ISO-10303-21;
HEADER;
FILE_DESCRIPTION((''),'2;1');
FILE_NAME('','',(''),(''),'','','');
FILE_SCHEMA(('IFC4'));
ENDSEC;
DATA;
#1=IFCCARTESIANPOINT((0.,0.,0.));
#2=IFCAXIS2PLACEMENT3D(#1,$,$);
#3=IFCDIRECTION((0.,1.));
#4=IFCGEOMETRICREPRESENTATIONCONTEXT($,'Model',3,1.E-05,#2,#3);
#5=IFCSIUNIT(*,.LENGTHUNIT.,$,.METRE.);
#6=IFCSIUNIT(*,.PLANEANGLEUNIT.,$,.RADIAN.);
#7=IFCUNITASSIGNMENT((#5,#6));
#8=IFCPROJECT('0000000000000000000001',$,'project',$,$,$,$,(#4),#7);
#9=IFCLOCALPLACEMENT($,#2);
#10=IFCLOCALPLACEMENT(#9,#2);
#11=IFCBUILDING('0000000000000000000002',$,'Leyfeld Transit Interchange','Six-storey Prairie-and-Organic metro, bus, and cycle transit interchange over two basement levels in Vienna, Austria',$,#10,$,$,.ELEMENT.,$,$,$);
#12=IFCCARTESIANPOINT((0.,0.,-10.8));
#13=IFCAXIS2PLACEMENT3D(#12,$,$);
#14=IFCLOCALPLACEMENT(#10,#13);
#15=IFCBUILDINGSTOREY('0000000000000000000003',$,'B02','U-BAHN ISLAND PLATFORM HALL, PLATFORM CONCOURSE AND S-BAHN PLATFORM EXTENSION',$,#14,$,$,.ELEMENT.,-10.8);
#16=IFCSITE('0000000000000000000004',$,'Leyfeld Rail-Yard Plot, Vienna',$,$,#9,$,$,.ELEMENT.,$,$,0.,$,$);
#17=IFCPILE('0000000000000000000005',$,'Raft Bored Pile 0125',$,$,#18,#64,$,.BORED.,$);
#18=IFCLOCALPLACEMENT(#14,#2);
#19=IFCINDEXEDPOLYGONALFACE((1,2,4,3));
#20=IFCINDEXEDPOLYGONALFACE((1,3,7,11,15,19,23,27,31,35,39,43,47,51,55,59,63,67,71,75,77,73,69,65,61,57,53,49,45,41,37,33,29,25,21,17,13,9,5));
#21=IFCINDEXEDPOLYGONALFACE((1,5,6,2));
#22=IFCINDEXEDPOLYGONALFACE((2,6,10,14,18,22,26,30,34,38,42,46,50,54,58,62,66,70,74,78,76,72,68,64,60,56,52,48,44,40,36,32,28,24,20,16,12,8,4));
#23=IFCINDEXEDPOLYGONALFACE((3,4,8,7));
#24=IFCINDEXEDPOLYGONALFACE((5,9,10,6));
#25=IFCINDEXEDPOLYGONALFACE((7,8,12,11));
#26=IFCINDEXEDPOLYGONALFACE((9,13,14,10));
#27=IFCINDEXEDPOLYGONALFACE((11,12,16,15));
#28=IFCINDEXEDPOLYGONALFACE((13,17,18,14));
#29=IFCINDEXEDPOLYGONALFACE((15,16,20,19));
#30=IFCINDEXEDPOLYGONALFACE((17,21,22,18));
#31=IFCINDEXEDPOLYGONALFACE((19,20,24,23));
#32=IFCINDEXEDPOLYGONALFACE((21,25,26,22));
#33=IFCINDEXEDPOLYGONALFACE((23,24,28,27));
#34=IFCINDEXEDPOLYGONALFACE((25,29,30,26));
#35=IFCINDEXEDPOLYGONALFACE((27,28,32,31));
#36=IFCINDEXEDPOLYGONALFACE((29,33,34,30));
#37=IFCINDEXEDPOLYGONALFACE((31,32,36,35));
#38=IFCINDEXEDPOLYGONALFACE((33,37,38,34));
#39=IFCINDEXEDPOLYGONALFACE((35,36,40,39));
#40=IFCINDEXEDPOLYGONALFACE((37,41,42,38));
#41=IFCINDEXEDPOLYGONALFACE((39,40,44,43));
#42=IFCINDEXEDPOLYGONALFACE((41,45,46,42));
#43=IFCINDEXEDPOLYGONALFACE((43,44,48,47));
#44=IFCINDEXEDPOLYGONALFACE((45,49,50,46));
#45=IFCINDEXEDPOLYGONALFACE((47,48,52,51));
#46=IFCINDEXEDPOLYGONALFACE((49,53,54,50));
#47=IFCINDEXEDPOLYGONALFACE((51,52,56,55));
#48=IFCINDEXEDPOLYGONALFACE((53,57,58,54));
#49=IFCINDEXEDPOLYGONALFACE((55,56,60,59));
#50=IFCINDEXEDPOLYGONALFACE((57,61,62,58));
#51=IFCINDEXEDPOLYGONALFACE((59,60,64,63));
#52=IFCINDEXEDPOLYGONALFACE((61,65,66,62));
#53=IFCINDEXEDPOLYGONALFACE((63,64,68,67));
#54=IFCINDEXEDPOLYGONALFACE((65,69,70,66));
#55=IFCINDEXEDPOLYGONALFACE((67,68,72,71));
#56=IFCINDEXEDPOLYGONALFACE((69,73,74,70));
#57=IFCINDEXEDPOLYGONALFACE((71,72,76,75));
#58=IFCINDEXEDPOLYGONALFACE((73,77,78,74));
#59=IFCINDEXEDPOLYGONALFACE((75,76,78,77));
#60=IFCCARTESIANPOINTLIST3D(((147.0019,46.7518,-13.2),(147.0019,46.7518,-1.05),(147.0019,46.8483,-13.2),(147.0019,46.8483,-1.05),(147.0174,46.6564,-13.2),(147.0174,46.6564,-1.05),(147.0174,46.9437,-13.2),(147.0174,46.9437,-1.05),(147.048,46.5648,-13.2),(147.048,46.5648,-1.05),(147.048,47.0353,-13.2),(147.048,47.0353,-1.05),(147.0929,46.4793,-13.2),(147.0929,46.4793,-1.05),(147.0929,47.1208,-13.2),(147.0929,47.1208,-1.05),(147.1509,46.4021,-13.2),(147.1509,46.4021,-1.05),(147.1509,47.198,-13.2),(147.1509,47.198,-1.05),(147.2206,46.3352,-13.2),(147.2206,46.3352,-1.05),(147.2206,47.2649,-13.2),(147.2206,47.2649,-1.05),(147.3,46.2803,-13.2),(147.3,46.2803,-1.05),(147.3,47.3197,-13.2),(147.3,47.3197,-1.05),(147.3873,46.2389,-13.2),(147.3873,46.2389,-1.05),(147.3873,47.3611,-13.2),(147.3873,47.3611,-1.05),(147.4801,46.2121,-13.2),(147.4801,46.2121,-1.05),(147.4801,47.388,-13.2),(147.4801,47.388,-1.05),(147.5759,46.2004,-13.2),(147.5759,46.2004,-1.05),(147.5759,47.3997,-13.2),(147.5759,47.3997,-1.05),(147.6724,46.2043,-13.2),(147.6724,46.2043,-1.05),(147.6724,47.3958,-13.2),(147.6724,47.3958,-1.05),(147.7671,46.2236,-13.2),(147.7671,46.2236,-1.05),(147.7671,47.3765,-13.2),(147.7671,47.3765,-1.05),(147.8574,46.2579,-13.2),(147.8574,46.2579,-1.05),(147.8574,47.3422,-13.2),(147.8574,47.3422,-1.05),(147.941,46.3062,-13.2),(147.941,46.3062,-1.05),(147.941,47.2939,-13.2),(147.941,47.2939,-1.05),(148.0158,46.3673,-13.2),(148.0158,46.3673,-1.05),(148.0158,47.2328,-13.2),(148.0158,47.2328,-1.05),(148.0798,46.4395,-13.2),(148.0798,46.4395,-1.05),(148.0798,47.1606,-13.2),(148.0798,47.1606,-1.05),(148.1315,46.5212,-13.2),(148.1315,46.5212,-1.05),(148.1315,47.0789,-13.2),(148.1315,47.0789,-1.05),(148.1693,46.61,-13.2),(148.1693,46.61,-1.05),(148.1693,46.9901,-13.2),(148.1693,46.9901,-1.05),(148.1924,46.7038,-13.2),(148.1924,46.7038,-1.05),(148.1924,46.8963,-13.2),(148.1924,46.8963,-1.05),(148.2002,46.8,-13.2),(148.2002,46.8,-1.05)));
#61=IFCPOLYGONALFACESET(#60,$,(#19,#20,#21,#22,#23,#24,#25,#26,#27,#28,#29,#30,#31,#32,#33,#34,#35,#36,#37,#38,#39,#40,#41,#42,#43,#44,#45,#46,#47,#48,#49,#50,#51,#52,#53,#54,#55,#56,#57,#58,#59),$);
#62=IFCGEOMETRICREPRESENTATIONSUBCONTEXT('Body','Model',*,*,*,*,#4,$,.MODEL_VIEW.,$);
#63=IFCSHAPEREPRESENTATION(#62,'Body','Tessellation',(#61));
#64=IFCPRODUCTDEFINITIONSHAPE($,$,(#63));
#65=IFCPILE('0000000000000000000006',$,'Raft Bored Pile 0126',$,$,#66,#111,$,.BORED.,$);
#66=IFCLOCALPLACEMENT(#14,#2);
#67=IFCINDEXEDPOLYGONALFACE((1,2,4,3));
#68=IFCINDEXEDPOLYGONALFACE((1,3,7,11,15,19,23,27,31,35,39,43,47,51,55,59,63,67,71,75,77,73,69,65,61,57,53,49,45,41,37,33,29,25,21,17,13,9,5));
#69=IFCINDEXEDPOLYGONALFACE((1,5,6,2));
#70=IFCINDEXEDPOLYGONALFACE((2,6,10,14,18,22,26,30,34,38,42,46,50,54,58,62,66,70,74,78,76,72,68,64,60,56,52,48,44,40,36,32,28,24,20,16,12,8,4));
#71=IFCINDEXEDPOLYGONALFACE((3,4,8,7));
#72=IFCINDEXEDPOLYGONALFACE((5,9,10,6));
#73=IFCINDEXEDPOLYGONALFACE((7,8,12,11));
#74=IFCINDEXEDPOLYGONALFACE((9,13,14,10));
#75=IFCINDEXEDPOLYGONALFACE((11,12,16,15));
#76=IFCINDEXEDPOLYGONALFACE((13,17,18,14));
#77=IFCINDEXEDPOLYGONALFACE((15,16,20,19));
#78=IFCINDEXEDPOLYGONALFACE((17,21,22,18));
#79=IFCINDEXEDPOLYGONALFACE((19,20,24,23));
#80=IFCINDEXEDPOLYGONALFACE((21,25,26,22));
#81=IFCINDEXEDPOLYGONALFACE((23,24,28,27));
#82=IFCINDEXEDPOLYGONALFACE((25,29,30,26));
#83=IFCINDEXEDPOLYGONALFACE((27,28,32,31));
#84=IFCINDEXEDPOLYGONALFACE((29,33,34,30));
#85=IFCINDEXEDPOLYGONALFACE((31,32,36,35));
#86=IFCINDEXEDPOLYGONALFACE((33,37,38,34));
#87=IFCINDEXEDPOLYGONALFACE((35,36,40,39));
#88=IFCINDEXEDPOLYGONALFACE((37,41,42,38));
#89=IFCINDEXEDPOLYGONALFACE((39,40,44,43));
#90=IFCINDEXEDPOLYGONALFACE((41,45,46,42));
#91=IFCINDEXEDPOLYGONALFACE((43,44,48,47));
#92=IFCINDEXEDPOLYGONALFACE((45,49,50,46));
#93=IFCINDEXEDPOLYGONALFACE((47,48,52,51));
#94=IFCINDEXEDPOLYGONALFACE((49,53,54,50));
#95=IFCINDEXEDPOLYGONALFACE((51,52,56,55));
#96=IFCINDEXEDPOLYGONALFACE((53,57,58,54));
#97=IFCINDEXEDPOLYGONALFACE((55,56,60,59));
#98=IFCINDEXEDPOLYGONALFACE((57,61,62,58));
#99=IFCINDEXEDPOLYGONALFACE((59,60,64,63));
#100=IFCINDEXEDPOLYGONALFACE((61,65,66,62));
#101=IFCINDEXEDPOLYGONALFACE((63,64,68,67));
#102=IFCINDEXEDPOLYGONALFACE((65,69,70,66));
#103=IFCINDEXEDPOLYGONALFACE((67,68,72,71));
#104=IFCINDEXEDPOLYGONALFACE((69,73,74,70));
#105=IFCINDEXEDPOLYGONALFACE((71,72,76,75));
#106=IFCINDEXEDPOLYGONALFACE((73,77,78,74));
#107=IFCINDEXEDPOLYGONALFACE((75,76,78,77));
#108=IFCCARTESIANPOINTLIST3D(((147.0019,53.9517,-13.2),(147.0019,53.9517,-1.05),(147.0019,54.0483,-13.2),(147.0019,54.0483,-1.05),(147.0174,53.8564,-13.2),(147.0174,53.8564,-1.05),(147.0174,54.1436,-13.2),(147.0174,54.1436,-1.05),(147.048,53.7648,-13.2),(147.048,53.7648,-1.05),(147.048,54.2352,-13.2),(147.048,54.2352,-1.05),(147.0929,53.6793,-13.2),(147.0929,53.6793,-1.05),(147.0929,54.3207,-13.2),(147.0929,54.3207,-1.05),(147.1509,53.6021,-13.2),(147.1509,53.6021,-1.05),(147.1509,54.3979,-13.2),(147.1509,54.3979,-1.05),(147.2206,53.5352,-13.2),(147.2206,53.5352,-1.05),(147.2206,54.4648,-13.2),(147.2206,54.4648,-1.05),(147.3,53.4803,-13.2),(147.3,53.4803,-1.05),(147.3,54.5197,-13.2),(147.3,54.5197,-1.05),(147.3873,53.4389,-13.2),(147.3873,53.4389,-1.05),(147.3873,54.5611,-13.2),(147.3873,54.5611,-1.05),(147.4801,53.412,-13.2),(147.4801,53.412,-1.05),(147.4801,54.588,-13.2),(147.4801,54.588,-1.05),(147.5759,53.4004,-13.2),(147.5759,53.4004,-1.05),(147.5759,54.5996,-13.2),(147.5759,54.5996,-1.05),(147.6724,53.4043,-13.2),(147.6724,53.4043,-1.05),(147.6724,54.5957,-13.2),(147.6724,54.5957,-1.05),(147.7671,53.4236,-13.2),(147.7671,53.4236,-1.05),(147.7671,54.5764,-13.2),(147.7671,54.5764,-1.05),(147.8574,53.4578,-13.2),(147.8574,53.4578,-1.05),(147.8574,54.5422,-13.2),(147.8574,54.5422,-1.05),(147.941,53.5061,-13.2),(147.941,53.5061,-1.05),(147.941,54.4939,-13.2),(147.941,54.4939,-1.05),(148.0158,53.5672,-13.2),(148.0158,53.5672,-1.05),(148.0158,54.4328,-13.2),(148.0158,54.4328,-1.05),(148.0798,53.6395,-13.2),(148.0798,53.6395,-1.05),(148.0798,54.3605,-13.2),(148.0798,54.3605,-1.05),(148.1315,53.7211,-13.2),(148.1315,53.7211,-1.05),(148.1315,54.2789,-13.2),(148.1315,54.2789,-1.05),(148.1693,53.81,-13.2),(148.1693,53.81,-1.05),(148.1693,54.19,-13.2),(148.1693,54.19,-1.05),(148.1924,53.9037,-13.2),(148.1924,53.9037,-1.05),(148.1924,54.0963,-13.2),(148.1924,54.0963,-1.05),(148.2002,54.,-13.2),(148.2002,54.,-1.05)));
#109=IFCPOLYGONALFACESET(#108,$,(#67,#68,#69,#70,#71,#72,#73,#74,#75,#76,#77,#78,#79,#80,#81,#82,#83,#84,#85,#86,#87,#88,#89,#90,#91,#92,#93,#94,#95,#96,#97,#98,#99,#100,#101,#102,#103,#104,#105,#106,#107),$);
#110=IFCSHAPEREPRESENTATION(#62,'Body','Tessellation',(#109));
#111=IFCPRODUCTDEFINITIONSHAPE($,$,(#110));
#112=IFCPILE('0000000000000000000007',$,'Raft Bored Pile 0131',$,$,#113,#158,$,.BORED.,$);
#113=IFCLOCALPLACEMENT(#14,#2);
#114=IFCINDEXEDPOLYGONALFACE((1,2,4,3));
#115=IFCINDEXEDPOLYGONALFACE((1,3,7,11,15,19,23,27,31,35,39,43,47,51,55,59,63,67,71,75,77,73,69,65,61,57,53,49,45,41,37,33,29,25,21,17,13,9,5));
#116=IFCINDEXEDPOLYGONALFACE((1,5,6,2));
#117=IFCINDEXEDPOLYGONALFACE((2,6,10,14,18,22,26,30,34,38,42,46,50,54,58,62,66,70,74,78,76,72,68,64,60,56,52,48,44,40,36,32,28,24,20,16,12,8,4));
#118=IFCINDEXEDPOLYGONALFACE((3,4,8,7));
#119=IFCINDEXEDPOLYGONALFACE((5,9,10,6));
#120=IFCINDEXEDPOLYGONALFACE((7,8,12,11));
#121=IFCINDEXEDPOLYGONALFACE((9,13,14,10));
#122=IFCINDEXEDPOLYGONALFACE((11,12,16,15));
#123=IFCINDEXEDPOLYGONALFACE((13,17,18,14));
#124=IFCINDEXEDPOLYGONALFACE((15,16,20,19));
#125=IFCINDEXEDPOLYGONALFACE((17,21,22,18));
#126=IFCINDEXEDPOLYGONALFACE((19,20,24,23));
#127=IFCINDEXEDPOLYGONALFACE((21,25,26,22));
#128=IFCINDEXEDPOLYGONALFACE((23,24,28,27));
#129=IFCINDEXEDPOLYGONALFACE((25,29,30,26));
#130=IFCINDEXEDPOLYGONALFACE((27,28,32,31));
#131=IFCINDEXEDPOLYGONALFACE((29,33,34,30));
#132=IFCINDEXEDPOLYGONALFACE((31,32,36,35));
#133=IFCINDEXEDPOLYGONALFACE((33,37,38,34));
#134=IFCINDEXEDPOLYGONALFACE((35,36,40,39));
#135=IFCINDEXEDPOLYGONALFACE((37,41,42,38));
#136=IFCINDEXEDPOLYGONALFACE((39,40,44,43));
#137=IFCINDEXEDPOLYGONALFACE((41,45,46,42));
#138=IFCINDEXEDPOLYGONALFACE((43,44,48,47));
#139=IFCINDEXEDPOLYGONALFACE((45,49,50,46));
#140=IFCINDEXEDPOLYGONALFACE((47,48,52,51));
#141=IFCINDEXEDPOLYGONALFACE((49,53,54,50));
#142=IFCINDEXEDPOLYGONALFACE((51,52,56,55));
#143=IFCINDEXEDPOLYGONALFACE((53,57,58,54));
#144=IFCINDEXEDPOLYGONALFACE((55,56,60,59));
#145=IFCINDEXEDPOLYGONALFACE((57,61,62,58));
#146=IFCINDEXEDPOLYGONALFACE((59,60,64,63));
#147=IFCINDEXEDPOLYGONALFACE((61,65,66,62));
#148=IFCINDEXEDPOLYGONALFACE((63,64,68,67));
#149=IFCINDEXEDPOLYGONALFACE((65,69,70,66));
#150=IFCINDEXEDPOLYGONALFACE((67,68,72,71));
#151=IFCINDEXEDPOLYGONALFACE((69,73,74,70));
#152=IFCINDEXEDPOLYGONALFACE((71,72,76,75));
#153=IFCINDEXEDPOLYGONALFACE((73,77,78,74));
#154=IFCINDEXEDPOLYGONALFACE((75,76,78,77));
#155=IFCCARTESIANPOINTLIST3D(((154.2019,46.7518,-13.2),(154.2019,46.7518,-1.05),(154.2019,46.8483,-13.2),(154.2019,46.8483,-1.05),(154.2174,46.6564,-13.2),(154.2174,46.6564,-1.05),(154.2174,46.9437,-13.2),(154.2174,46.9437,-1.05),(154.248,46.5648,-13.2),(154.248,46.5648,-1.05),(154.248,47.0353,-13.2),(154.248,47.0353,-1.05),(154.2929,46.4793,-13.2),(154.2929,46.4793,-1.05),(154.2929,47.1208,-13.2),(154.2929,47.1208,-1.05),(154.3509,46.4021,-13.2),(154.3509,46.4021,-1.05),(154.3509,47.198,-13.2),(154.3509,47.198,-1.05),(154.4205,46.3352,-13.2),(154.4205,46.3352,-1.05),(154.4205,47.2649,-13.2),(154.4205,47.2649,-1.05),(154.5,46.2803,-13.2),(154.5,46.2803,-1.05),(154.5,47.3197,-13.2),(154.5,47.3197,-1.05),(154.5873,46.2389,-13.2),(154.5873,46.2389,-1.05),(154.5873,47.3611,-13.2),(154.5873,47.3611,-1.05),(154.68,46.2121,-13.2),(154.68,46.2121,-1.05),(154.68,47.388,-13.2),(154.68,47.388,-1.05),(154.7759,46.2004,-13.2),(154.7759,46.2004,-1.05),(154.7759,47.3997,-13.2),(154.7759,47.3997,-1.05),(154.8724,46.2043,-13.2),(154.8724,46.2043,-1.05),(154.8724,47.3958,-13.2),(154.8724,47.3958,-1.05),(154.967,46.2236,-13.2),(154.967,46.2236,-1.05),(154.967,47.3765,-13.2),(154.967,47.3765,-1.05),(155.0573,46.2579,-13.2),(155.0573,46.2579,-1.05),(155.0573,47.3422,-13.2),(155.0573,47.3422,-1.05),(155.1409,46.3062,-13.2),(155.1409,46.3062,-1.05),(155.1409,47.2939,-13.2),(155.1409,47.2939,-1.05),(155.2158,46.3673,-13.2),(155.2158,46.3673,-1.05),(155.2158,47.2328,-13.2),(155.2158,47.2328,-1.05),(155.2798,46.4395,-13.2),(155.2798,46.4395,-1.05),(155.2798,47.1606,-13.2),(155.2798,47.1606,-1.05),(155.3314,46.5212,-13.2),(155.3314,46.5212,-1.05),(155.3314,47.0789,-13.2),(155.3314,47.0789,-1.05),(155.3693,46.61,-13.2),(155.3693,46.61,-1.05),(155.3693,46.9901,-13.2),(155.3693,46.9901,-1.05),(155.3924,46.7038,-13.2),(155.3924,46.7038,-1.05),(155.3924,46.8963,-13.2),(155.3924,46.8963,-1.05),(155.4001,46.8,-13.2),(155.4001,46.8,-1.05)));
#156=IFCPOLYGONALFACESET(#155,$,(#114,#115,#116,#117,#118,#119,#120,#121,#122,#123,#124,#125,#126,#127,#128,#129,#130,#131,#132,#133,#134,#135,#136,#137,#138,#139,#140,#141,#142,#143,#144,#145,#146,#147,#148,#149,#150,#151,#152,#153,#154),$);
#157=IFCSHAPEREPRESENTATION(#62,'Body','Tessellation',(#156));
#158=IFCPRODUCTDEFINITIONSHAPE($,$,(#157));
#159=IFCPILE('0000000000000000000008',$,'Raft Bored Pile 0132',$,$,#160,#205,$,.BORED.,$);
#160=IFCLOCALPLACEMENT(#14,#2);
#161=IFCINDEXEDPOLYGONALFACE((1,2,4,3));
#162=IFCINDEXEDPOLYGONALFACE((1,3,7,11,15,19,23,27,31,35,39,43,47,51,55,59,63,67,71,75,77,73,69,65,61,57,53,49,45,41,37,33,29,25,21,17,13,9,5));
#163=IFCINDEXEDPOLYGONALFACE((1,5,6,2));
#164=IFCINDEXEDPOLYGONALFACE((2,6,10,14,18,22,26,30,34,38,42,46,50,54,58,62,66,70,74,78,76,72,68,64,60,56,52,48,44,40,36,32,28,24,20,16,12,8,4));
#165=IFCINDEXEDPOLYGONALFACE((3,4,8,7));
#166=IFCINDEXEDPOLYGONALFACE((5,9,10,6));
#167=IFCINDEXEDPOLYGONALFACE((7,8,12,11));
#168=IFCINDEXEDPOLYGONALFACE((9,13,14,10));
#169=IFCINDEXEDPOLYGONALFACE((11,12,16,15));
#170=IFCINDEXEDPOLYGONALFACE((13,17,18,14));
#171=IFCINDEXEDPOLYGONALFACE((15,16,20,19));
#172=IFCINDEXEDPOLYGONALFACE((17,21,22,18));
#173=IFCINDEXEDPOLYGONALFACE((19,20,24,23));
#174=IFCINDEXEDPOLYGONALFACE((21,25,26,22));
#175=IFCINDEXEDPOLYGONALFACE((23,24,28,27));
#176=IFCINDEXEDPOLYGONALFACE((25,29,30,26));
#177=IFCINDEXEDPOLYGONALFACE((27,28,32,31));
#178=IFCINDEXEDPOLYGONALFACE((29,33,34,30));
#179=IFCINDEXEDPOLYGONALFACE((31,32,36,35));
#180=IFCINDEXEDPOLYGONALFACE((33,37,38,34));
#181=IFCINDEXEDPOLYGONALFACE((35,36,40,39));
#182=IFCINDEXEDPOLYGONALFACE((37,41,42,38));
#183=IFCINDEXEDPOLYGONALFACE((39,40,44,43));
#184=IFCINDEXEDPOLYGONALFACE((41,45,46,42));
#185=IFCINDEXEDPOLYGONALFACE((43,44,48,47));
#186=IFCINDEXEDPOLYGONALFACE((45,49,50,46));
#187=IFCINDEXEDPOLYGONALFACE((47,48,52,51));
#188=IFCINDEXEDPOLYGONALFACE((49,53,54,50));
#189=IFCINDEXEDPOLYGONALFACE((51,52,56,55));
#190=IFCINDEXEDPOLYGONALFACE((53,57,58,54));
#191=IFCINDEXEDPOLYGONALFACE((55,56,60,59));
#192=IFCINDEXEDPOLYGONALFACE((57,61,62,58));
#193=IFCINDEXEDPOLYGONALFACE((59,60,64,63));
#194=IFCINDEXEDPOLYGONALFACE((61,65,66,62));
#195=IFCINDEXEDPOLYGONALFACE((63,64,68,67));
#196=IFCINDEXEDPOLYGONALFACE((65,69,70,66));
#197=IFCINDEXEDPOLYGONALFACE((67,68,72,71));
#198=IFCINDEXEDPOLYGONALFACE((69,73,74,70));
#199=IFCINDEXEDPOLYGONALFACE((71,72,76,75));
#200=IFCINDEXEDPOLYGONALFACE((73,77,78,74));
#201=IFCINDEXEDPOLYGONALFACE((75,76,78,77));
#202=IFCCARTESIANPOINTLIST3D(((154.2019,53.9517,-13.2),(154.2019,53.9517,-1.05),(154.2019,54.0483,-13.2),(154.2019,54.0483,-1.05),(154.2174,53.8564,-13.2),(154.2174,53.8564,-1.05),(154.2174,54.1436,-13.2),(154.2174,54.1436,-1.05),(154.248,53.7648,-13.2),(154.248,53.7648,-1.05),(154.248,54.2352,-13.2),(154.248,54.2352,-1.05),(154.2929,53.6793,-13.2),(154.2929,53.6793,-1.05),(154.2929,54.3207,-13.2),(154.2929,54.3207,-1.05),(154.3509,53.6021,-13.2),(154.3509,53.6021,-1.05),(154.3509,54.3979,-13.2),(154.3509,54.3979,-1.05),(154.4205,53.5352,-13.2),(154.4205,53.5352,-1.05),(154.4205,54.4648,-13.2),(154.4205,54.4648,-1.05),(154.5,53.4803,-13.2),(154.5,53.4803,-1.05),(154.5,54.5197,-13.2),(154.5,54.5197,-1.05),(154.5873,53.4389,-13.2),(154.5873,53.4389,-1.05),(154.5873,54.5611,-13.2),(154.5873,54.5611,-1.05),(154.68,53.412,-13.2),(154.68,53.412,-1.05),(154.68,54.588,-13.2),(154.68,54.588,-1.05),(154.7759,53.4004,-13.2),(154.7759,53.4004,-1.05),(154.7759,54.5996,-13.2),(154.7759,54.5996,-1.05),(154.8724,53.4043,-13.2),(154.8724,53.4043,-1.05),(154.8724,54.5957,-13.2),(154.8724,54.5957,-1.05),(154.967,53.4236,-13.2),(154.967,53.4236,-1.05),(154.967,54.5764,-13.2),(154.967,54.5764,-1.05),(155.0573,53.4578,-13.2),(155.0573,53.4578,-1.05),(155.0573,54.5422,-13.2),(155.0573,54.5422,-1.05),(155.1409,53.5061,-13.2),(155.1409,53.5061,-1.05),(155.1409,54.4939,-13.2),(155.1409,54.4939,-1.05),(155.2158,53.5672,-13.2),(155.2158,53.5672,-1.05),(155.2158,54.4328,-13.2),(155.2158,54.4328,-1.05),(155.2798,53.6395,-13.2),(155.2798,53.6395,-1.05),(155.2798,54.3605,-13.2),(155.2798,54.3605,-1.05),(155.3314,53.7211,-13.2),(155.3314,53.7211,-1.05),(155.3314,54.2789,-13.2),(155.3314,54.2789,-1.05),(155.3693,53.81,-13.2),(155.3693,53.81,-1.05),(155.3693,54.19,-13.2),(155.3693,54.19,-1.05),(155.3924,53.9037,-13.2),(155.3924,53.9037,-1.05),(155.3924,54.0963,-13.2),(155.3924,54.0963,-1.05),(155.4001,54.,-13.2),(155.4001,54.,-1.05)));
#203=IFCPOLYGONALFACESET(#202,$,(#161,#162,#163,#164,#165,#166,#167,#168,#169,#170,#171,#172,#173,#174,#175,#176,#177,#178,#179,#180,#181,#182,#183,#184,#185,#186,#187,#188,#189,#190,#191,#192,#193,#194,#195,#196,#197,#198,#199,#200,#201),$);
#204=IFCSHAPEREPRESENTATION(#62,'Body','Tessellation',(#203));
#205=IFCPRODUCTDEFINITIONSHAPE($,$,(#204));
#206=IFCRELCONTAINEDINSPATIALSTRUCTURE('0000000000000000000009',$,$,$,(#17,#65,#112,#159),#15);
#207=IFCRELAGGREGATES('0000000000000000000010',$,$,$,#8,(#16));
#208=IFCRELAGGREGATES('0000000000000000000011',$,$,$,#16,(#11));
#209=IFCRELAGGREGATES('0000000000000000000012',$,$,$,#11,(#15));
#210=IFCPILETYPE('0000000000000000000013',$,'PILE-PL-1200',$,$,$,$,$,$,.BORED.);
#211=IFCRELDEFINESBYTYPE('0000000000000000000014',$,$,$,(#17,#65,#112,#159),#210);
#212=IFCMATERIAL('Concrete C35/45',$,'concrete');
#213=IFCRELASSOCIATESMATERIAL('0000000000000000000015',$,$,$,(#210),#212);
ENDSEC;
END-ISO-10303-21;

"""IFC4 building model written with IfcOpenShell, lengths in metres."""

from ifc_helpers import new_model, si_unit, direction, frame, origin, origin_2d, place, context, subcontext, project, spatial, circle, extrude, material, material_profile, profile_set, type_object, element, save


model = new_model("IFC4")

# Units and contexts
model_context = context("Model", 3, precision=1e-05, world=origin(), true_north=direction((0.0, 1.0)))
body_context = subcontext(model_context, "Body", "Model", "MODEL_VIEW")
ifc_project = project(units=[si_unit("LENGTHUNIT", "METRE"), si_unit("PLANEANGLEUNIT", "RADIAN")], contexts=[model_context])

# Site, building, storey
site_placement = place(None, origin())
site = spatial("IfcSite", under=ifc_project, at=site_placement, Name="Leyfeld Rail-Yard Plot, Vienna", CompositionType="ELEMENT", RefElevation=0.0)
building_placement = place(site_placement, origin())
building = spatial("IfcBuilding", under=site, at=building_placement, Name="Leyfeld Transit Interchange", Description="Six-storey Prairie-and-Organic metro, bus, and cycle transit interchange over two basement levels in Vienna, Austria", CompositionType="ELEMENT")
storey_placement = place(building_placement, frame((0.0, 0.0, -10.8)))
storey = spatial("IfcBuildingStorey", under=building, at=storey_placement, Name="B02", Description="U-BAHN ISLAND PLATFORM HALL, PLATFORM CONCOURSE AND S-BAHN PLATFORM EXTENSION", CompositionType="ELEMENT", Elevation=-10.8)

# Piles
ifc_material_1 = material(Name="Concrete C35/45", Category="concrete")
ifc_material_profile_1 = material_profile(ifc_material_1, circle(Radius=0.6001, at=origin_2d()), Name="PILE D1200")
ifc_profile_set_1 = profile_set([ifc_material_profile_1], Name="Concrete C35/45")
pile_type = type_object("IfcPileType", Name="PILE-PL-1200", PredefinedType="BORED", material=ifc_profile_set_1)
for number, where, z_axis, x_axis, name in (
    (1, (147.6001, 46.8, -1.05), (0.0, 0.0, -1.0), (1.0, 0.0, 0.0), "Raft Bored Pile 0125"),
    (2, (147.6001, 54.0, -1.05), (0.0, 0.0, -1.0), (1.0, 0.0, 0.0), "Raft Bored Pile 0126"),
    (3, (154.8, 46.8, -1.05), (0.0, 0.0, -1.0), (1.0, 0.0, 0.0), "Raft Bored Pile 0131"),
    (4, (154.8, 54.0, -1.05), (0.0, 0.0, -1.0), (1.0, 0.0, 0.0), "Raft Bored Pile 0132"),
):
    element("IfcPile", number, at=place(storey_placement, frame(where, z_axis=z_axis, x_axis=x_axis)), inside=storey, type_object=pile_type, Name=name, PredefinedType="BORED", context=body_context, shape_type="SweptSolid", body=[
        extrude(circle(Radius=0.6001, at=origin_2d()), origin(), (0.0, 0.0, 1.0), 12.1499),
    ])

save(model, "model.ifc")
